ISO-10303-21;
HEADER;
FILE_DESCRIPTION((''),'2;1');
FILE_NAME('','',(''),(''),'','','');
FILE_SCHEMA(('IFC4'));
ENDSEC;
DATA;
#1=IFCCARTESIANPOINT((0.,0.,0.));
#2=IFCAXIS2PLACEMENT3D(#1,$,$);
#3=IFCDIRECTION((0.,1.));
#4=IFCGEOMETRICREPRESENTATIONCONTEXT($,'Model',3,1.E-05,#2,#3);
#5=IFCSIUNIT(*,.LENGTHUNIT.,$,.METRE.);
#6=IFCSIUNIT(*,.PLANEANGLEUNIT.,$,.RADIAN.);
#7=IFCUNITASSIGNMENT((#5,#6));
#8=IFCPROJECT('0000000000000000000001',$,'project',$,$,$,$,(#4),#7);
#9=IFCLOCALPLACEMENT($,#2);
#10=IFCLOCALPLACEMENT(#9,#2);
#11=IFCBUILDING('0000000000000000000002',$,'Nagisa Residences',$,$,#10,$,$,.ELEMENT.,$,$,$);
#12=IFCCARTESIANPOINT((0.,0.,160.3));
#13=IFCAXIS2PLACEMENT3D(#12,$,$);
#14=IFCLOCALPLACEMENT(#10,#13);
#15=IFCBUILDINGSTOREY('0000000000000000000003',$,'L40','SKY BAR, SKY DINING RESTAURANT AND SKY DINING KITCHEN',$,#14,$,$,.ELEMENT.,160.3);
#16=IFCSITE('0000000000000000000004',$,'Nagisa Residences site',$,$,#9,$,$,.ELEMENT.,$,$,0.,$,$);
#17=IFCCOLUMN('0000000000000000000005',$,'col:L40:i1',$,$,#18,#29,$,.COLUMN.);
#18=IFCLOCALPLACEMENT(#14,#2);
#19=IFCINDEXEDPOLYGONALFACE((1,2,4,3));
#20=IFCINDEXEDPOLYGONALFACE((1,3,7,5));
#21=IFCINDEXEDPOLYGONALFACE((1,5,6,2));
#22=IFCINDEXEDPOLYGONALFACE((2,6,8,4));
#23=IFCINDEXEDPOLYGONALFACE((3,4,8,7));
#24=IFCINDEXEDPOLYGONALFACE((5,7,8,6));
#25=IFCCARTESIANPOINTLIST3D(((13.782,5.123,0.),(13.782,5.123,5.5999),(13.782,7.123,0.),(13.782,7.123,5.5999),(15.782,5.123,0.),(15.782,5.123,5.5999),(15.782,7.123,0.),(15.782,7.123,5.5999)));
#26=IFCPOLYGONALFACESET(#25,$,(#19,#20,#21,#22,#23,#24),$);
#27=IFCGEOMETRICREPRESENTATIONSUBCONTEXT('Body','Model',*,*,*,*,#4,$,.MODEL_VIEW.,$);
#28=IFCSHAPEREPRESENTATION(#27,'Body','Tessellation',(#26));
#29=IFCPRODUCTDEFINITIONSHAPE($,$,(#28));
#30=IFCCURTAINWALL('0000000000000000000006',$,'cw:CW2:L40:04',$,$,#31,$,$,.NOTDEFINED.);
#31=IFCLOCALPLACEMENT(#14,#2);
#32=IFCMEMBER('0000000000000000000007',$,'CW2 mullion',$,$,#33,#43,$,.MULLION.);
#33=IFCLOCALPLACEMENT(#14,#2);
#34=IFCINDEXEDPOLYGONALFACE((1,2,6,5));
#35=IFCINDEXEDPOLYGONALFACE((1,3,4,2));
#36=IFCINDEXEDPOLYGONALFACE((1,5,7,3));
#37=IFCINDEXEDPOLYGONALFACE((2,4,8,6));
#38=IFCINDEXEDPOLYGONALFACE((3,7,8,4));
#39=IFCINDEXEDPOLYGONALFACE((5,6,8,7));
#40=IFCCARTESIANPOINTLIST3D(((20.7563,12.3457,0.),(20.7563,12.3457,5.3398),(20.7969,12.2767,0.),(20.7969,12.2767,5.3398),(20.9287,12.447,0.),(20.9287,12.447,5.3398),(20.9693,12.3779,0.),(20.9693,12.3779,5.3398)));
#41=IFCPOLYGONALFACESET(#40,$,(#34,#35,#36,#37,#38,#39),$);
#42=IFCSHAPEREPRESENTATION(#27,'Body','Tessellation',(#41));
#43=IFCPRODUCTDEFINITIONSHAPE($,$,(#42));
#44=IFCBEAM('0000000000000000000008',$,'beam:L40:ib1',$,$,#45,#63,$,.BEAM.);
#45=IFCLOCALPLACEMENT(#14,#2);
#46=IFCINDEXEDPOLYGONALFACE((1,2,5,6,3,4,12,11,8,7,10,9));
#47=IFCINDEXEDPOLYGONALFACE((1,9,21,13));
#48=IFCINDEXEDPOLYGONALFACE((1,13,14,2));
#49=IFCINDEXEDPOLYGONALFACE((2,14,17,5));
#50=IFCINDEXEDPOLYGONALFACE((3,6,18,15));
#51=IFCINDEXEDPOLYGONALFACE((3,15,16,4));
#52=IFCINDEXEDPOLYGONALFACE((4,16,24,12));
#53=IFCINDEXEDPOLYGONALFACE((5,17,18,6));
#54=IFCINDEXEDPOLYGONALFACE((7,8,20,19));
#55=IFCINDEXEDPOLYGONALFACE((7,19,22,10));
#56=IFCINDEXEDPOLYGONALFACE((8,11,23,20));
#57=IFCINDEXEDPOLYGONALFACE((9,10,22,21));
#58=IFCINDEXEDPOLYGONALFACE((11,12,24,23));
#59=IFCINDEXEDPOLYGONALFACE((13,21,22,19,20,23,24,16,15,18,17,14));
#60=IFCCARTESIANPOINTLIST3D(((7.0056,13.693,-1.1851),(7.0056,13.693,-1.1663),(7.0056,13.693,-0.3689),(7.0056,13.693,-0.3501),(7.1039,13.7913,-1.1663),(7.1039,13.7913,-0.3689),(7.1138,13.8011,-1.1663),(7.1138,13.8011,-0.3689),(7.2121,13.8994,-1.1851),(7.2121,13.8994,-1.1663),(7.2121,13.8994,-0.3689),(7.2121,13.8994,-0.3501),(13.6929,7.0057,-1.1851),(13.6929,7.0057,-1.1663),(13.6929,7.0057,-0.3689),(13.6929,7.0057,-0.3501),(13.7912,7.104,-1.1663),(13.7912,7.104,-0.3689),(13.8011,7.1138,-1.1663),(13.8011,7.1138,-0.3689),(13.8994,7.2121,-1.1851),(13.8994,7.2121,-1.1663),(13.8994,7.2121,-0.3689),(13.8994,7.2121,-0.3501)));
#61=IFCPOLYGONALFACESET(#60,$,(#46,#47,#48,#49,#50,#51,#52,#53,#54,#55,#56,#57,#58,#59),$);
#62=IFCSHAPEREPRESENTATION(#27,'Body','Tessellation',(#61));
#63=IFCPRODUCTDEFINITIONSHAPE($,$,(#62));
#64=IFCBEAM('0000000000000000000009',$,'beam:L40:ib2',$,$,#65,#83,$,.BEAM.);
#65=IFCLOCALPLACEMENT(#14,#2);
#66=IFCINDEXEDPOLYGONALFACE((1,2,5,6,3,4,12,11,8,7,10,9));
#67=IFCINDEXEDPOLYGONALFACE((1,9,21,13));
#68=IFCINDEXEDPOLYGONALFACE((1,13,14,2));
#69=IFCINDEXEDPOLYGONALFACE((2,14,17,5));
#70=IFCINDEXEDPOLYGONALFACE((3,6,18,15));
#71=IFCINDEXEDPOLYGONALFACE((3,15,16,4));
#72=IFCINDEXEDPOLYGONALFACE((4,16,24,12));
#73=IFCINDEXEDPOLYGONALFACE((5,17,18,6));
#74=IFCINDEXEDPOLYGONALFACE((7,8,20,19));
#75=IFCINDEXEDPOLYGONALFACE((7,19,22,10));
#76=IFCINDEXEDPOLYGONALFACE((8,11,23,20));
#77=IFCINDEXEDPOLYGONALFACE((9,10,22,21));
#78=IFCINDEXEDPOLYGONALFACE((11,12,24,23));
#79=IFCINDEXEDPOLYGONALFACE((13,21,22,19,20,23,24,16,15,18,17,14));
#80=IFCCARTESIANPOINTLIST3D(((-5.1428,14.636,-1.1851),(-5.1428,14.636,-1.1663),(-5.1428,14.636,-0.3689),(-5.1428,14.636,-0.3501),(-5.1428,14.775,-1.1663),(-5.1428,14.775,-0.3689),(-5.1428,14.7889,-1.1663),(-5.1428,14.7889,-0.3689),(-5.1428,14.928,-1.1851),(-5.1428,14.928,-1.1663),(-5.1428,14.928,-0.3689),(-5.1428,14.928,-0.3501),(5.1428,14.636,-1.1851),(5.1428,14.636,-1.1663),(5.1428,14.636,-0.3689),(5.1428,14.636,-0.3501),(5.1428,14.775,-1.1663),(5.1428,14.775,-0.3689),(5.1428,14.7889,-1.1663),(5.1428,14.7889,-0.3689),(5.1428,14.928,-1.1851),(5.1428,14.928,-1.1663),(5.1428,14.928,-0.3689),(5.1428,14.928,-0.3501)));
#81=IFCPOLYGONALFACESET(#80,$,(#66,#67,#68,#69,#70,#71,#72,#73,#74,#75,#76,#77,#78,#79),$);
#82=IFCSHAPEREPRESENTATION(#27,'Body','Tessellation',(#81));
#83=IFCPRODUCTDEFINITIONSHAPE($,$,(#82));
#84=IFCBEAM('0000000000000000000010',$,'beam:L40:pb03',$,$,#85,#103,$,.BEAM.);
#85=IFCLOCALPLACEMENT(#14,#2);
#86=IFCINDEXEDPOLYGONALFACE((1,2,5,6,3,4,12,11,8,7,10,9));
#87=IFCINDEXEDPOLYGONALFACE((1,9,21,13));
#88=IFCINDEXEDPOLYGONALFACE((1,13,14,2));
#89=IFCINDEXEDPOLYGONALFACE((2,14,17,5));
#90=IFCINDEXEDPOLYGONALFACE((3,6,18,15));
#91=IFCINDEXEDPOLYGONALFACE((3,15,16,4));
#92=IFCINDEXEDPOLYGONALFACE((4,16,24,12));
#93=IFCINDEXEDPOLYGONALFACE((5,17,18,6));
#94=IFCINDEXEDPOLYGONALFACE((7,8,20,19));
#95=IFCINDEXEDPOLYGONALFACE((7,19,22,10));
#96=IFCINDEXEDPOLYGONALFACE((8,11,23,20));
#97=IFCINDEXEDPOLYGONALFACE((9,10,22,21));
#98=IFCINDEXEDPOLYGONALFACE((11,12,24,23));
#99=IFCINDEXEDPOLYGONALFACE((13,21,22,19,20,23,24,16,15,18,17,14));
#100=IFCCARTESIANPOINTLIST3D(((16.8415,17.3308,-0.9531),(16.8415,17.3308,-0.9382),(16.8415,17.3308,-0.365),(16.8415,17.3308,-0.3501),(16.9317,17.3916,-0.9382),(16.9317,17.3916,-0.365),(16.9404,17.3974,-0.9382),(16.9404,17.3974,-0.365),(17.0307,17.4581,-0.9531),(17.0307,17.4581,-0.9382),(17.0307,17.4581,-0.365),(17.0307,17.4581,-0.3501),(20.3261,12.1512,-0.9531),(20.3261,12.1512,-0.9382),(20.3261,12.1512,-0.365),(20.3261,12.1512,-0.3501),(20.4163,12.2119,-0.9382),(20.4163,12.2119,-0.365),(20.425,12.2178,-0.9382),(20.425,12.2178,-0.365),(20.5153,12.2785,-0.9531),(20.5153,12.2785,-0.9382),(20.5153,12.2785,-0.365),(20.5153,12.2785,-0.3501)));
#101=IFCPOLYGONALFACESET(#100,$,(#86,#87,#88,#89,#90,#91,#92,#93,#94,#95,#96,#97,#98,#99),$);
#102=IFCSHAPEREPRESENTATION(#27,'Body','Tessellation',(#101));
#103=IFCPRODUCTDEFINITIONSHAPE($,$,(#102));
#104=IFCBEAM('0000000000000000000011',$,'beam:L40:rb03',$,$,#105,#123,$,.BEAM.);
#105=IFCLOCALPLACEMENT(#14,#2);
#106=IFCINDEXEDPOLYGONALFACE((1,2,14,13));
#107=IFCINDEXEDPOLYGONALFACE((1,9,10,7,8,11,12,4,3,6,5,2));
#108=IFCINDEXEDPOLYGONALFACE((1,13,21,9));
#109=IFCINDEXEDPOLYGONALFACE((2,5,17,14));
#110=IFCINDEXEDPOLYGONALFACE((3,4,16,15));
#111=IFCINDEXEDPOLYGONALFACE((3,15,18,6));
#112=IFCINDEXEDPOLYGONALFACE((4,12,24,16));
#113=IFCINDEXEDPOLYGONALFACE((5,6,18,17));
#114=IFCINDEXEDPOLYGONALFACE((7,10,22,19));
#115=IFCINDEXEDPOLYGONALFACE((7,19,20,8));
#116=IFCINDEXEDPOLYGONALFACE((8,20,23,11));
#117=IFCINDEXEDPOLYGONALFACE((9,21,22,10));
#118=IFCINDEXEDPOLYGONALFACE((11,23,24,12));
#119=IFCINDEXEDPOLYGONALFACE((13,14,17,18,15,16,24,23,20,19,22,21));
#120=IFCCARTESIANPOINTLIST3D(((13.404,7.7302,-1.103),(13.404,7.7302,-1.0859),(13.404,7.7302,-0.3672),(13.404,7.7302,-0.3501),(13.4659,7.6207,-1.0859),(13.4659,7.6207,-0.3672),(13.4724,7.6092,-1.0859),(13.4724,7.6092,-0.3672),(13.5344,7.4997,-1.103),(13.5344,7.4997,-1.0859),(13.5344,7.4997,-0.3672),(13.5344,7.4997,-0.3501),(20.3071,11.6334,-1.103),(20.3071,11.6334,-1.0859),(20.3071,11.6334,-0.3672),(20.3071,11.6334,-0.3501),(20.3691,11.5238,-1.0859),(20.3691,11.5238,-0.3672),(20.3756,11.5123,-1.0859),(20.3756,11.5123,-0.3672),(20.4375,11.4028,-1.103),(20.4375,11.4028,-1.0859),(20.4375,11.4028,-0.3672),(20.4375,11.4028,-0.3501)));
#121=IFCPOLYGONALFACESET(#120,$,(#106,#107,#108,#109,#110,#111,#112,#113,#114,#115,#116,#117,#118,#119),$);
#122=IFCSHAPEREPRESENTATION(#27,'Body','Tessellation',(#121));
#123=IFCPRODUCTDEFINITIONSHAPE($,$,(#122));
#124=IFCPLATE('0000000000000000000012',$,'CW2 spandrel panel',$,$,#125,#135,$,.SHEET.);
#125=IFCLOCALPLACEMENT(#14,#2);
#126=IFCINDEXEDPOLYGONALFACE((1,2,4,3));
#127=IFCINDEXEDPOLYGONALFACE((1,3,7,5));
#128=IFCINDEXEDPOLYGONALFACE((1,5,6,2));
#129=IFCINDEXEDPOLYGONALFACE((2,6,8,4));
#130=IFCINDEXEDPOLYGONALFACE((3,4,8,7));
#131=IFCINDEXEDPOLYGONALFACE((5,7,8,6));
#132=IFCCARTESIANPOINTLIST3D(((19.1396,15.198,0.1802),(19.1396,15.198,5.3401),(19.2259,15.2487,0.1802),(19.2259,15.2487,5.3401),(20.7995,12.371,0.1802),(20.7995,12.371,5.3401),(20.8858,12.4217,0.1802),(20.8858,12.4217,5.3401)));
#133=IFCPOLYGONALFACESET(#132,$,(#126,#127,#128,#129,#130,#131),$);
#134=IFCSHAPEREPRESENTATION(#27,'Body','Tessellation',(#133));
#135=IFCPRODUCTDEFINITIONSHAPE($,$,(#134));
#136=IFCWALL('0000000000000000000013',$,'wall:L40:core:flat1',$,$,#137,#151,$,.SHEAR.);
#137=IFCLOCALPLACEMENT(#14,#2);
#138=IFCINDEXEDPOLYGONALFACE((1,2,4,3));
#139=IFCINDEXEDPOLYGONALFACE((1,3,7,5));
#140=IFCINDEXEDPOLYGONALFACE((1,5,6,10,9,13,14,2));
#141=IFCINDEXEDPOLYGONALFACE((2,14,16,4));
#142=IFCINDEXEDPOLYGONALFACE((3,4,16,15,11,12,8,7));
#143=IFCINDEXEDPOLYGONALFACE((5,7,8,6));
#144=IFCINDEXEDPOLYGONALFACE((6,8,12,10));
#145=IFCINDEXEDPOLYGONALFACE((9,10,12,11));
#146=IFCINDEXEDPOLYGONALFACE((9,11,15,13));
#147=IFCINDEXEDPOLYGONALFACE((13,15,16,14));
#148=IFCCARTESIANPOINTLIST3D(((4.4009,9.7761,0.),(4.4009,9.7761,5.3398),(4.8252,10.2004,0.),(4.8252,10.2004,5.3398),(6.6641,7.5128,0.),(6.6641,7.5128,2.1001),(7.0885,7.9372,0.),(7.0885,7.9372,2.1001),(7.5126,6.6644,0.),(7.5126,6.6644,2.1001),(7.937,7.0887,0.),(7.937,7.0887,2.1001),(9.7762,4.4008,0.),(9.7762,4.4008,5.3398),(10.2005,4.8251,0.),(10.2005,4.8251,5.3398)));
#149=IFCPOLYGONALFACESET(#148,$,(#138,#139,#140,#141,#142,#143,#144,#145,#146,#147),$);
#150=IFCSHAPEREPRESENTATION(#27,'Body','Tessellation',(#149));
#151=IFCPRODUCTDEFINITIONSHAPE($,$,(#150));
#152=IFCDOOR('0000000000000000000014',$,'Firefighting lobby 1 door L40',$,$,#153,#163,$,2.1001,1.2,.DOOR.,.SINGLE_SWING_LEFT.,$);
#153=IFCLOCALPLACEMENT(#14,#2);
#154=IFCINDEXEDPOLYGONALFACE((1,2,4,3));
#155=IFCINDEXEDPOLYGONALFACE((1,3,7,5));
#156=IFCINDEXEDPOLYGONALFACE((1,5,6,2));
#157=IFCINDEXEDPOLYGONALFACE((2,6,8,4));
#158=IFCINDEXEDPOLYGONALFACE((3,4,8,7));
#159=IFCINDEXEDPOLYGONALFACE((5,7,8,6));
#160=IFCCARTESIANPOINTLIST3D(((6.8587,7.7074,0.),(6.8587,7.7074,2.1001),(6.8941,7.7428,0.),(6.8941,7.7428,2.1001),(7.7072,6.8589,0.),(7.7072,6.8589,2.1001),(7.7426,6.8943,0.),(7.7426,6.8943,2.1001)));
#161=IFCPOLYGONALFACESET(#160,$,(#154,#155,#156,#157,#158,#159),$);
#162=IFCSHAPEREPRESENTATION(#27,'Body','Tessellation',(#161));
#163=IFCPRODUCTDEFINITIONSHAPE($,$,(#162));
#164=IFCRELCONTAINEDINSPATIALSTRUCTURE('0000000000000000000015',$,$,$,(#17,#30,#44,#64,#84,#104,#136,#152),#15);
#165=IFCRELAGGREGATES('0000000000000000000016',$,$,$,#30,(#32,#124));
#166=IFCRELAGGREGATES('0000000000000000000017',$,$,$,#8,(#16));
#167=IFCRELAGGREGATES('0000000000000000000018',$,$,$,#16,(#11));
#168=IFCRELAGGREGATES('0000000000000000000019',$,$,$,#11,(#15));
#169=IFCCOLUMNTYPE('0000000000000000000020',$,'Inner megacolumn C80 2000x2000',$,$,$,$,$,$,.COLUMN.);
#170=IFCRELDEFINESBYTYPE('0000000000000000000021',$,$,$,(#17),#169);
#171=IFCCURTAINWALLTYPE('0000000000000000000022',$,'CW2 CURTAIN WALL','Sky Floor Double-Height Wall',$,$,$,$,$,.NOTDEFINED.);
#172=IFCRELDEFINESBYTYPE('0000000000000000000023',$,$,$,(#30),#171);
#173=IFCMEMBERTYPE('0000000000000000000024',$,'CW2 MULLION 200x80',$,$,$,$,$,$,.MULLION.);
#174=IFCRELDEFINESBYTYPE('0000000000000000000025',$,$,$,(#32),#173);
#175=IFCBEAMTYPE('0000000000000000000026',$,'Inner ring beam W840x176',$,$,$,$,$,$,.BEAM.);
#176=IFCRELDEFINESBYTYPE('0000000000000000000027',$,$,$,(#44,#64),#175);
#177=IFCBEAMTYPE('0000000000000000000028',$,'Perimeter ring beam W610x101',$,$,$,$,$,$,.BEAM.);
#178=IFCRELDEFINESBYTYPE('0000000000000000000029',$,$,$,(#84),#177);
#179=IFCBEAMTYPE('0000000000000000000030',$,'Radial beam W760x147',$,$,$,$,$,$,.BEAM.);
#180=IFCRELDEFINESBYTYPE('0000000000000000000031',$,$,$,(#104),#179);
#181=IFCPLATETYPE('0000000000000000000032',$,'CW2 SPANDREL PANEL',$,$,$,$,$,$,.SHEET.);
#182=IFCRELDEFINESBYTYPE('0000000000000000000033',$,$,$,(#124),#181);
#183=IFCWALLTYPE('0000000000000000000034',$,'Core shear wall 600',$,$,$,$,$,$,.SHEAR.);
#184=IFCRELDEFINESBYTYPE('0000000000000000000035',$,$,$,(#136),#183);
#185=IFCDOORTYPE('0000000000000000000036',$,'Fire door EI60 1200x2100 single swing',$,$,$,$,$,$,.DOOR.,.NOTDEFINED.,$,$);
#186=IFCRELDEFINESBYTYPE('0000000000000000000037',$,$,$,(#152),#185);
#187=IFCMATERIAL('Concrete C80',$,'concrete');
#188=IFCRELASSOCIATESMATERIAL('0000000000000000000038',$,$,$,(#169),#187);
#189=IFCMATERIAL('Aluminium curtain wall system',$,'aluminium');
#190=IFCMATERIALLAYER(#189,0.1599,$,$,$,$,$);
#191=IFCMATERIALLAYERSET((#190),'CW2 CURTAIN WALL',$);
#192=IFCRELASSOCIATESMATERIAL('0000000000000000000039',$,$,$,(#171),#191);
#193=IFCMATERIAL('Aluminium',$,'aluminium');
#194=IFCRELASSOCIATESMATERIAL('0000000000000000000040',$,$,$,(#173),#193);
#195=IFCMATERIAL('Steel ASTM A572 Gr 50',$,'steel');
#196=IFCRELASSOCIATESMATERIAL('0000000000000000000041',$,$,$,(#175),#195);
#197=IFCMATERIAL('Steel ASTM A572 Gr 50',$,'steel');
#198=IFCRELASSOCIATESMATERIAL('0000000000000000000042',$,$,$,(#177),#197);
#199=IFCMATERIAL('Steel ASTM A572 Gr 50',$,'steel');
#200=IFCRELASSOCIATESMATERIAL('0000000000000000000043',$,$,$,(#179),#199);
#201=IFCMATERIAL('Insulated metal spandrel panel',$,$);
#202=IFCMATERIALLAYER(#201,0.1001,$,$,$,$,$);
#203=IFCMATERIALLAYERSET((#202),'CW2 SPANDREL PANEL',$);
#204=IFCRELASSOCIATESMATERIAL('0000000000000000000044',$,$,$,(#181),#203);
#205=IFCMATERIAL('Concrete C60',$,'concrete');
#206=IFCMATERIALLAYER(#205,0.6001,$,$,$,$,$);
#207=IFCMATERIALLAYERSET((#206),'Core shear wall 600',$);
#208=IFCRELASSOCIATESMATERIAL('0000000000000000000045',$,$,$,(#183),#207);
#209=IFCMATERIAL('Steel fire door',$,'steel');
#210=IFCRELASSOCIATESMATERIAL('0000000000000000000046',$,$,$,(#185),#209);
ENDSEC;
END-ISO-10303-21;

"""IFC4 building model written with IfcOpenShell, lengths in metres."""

from ifc_helpers import new_model, si_unit, direction, frame, frame_2d, origin, origin_2d, place, context, subcontext, project, spatial, rectangle, i_section, extrude, material, layer, layer_set, material_profile, profile_set, type_object, element, fill, aggregate, save


model = new_model("IFC4")

# Units and contexts
model_context = context("Model", 3, precision=1e-05, world=origin(), true_north=direction((0.0, 1.0)))
body_context = subcontext(model_context, "Body", "Model", "MODEL_VIEW")
ifc_project = project(units=[si_unit("LENGTHUNIT", "METRE"), si_unit("PLANEANGLEUNIT", "RADIAN")], contexts=[model_context])

# Site, building, storey
site_placement = place(None, origin())
site = spatial("IfcSite", under=ifc_project, at=site_placement, Name="Nagisa Residences site", CompositionType="ELEMENT", RefElevation=0.0)
building_placement = place(site_placement, origin())
building = spatial("IfcBuilding", under=site, at=building_placement, Name="Nagisa Residences", CompositionType="ELEMENT")
storey_placement = place(building_placement, frame((0.0, 0.0, 160.3)))
storey = spatial("IfcBuildingStorey", under=building, at=storey_placement, Name="L40", Description="SKY BAR, SKY DINING RESTAURANT AND SKY DINING KITCHEN", CompositionType="ELEMENT", Elevation=160.3)

# Column
ifc_material_1 = material(Name="Concrete C80", Category="concrete")
ifc_material_profile_1 = material_profile(ifc_material_1, rectangle(XDim=2.0, YDim=2.0, at=origin_2d()), Name="C80 2000x2000")
ifc_profile_set_1 = profile_set([ifc_material_profile_1], Name="Concrete C80")
column_type = type_object("IfcColumnType", Name="Inner megacolumn C80 2000x2000", PredefinedType="COLUMN", material=ifc_profile_set_1)
column_placement = place(storey_placement, frame((14.782, 6.123, 0.0), z_axis=(0.0, 0.0, 1.0), x_axis=(1.0, 0.0, 0.0)))
element("IfcColumn", 1, at=column_placement, inside=storey, type_object=column_type, Name="col:L40:i1", PredefinedType="COLUMN", context=body_context, shape_type="SweptSolid", body=[
    extrude(rectangle(XDim=2.0, YDim=2.0, at=origin_2d()), origin(), (0.0, 0.0, 1.0), 5.5999),
])

# Curtain wall, member
ifc_material_2 = material(Name="Aluminium curtain wall system", Category="aluminium")
ifc_layer_1 = layer(ifc_material_2, 0.1599)
ifc_layer_set_1 = layer_set([ifc_layer_1], Name="CW2 CURTAIN WALL")
curtain_wall_type = type_object("IfcCurtainWallType", Name="CW2 CURTAIN WALL", Description="Sky Floor Double-Height Wall", PredefinedType="NOTDEFINED", material=ifc_layer_set_1)
curtain_wall_placement = place(storey_placement, origin())
curtain_wall = element("IfcCurtainWall", 2, at=curtain_wall_placement, inside=storey, type_object=curtain_wall_type, Name="cw:CW2:L40:04", PredefinedType="NOTDEFINED")
ifc_material_3 = material(Name="Aluminium", Category="aluminium")
ifc_material_profile_2 = material_profile(ifc_material_3, rectangle(XDim=0.2, YDim=0.0801, at=origin_2d()), Name="CW2 MULLION 200x80")
ifc_profile_set_2 = profile_set([ifc_material_profile_2], Name="Aluminium")
member_type = type_object("IfcMemberType", Name="CW2 MULLION 200x80", PredefinedType="MULLION", material=ifc_profile_set_2)
member_placement = place(storey_placement, frame((20.8628, 12.3618, 0.0), z_axis=(0.0, 0.0, 1.0), x_axis=(-0.862329, -0.506349, 0.0)))
member = element("IfcMember", 3, at=member_placement, type_object=member_type, Name="CW2 mullion", PredefinedType="MULLION", context=body_context, shape_type="SweptSolid", body=[
    extrude(rectangle(XDim=0.2, YDim=0.0801, at=origin_2d()), origin(), (0.0, 0.0, 1.0), 5.3398),
])

# Beams
ifc_material_4 = material(Name="Steel ASTM A572 Gr 50", Category="steel")
ifc_material_profile_3 = material_profile(ifc_material_4, i_section(OverallWidth=0.292, OverallDepth=0.835, WebThickness=0.0139, FlangeThickness=0.0188, at=origin_2d()), Name="W840x176")
ifc_profile_set_3 = profile_set([ifc_material_profile_3], Name="Steel ASTM A572 Gr 50")
beam_type_1 = type_object("IfcBeamType", Name="Inner ring beam W840x176", PredefinedType="BEAM", material=ifc_profile_set_3)
beam_1_placement = place(storey_placement, frame((13.7961, 7.1089, -0.7676), z_axis=(-0.707107, 0.707107, 0.0), x_axis=(-0.707107, -0.707107, 0.0)))
element("IfcBeam", 4, at=beam_1_placement, inside=storey, type_object=beam_type_1, Name="beam:L40:ib1", PredefinedType="BEAM", context=body_context, shape_type="SweptSolid", body=[
    extrude(i_section(OverallWidth=0.292, OverallDepth=0.835, WebThickness=0.0139, FlangeThickness=0.0188, at=origin_2d()), origin(), (0.0, 0.0, 1.0), 9.4573),
])
beam_2_placement = place(storey_placement, frame((5.1428, 14.782, -0.7676), z_axis=(-1.0, 0.0, 0.0), x_axis=(0.0, -1.0, 0.0)))
element("IfcBeam", 5, at=beam_2_placement, inside=storey, type_object=beam_type_1, Name="beam:L40:ib2", PredefinedType="BEAM", context=body_context, shape_type="SweptSolid", body=[
    extrude(i_section(OverallWidth=0.292, OverallDepth=0.835, WebThickness=0.0139, FlangeThickness=0.0188, at=origin_2d()), origin(), (0.0, 0.0, 1.0), 10.2856),
])
ifc_material_5 = material(Name="Steel ASTM A572 Gr 50", Category="steel")
ifc_material_profile_4 = material_profile(ifc_material_5, i_section(OverallWidth=0.228, OverallDepth=0.603, WebThickness=0.0105, FlangeThickness=0.0149, at=origin_2d()), Name="W610x101")
ifc_profile_set_4 = profile_set([ifc_material_profile_4], Name="Steel ASTM A572 Gr 50")
beam_type_2 = type_object("IfcBeamType", Name="Perimeter ring beam W610x101", PredefinedType="BEAM", material=ifc_profile_set_4)
beam_3_placement = place(storey_placement, frame((20.4207, 12.2148, -0.6516), z_axis=(-0.558188, 0.829715, 0.0), x_axis=(-0.829715, -0.558188, 0.0)))
element("IfcBeam", 6, at=beam_3_placement, inside=storey, type_object=beam_type_2, Name="beam:L40:pb03", PredefinedType="BEAM", context=body_context, shape_type="SweptSolid", body=[
    extrude(i_section(OverallWidth=0.228, OverallDepth=0.603, WebThickness=0.0105, FlangeThickness=0.0149, at=origin_2d()), origin(), (0.0, 0.0, 1.0), 6.2427),
])
ifc_material_6 = material(Name="Steel ASTM A572 Gr 50", Category="steel")
ifc_material_profile_5 = material_profile(ifc_material_6, i_section(OverallWidth=0.2649, OverallDepth=0.7529, WebThickness=0.0132, FlangeThickness=0.0171, at=origin_2d()), Name="W760x147")
ifc_profile_set_5 = profile_set([ifc_material_profile_5], Name="Steel ASTM A572 Gr 50")
beam_type_3 = type_object("IfcBeamType", Name="Radial beam W760x147", PredefinedType="BEAM", material=ifc_profile_set_5)
beam_4_placement = place(storey_placement, frame((20.3723, 11.5181, -0.7266), z_axis=(-0.870491, -0.492185, 0.0), x_axis=(0.492185, -0.870491, 0.0)))
element("IfcBeam", 7, at=beam_4_placement, inside=storey, type_object=beam_type_3, Name="beam:L40:rb03", PredefinedType="BEAM", context=body_context, shape_type="SweptSolid", body=[
    extrude(i_section(OverallWidth=0.2649, OverallDepth=0.7529, WebThickness=0.0132, FlangeThickness=0.0171, at=origin_2d()), origin(), (0.0, 0.0, 1.0), 7.9302),
])

# Plate
ifc_material_7 = material(Name="Insulated metal spandrel panel")
ifc_layer_2 = layer(ifc_material_7, 0.1001)
ifc_layer_set_2 = layer_set([ifc_layer_2], Name="CW2 SPANDREL PANEL")
plate_type = type_object("IfcPlateType", Name="CW2 SPANDREL PANEL", PredefinedType="SHEET", material=ifc_layer_set_2)
plate_placement = place(storey_placement, frame((20.0127, 13.8098, 0.1802), z_axis=(0.0, 0.0, 1.0), x_axis=(-0.506349, 0.862329, 0.0)))
plate = element("IfcPlate", 8, at=plate_placement, type_object=plate_type, Name="CW2 spandrel panel", PredefinedType="SHEET", context=body_context, shape_type="SweptSolid", body=[
    extrude(rectangle(XDim=3.2783, YDim=0.1001, at=origin_2d()), origin(), (0.0, 0.0, 1.0), 5.1599),
])
aggregate(curtain_wall, [member, plate])

# Wall, opening, door
ifc_material_8 = material(Name="Concrete C60", Category="concrete")
ifc_layer_3 = layer(ifc_material_8, 0.6001)
ifc_layer_set_3 = layer_set([ifc_layer_3], Name="Core shear wall 600")
wall_type_1 = type_object("IfcWallType", Name="Core shear wall 600", PredefinedType="SHEAR", material=ifc_layer_set_3)
wall_1_placement = place(storey_placement, frame((9.9883, 4.613, 0.0), z_axis=(0.0, 0.0, 1.0), x_axis=(-0.707107, 0.707107, 0.0)))
wall_1 = element("IfcWall", 9, at=wall_1_placement, inside=storey, type_object=wall_type_1, Name="wall:L40:core:flat1", PredefinedType="SHEAR", context=body_context, shape_type="SweptSolid", body=[
    extrude(rectangle(XDim=7.6018, YDim=0.6001, at=frame_2d((3.8008, 0.0))), origin(), (0.0, 0.0, 1.0), 5.3398),
])
opening_1_placement = place(wall_1_placement, frame((3.2009, 0.0, 0.0)))
opening_1 = element("IfcOpeningElement", 10, at=opening_1_placement, cuts=wall_1, PredefinedType="OPENING", context=body_context, shape_type="SweptSolid", body=[
    extrude(rectangle(XDim=1.2, YDim=2.1001, at=frame_2d((0.6001, 1.05))), frame((0.0, 0.3101, 0.0), z_axis=(0.0, -1.0, 0.0), x_axis=(1.0, 0.0, 0.0)), (0.0, 0.0, 1.0), 0.6201),
])
ifc_material_9 = material(Name="Steel fire door", Category="steel")
door_type_1 = type_object("IfcDoorType", Name="Fire door EI60 1200x2100 single swing", OperationType="NOTDEFINED", PredefinedType="DOOR", material=ifc_material_9)
door_1_placement = place(opening_1_placement, origin())
door_1 = element("IfcDoor", 11, at=door_1_placement, inside=storey, type_object=door_type_1, Name="Firefighting lobby 1 door L40", OperationType="SINGLE_SWING_LEFT", OverallHeight=2.1001, OverallWidth=1.2, PredefinedType="DOOR", context=body_context, shape_type="SweptSolid", body=[
    extrude(rectangle(XDim=1.2, YDim=2.1001, at=frame_2d((0.6001, 1.05))), frame((0.0, 0.0249, 0.0), z_axis=(0.0, -1.0, 0.0), x_axis=(1.0, 0.0, 0.0)), (0.0, 0.0, 1.0), 0.05),
])
fill(opening_1, door_1)

save(model, "model.ifc")
